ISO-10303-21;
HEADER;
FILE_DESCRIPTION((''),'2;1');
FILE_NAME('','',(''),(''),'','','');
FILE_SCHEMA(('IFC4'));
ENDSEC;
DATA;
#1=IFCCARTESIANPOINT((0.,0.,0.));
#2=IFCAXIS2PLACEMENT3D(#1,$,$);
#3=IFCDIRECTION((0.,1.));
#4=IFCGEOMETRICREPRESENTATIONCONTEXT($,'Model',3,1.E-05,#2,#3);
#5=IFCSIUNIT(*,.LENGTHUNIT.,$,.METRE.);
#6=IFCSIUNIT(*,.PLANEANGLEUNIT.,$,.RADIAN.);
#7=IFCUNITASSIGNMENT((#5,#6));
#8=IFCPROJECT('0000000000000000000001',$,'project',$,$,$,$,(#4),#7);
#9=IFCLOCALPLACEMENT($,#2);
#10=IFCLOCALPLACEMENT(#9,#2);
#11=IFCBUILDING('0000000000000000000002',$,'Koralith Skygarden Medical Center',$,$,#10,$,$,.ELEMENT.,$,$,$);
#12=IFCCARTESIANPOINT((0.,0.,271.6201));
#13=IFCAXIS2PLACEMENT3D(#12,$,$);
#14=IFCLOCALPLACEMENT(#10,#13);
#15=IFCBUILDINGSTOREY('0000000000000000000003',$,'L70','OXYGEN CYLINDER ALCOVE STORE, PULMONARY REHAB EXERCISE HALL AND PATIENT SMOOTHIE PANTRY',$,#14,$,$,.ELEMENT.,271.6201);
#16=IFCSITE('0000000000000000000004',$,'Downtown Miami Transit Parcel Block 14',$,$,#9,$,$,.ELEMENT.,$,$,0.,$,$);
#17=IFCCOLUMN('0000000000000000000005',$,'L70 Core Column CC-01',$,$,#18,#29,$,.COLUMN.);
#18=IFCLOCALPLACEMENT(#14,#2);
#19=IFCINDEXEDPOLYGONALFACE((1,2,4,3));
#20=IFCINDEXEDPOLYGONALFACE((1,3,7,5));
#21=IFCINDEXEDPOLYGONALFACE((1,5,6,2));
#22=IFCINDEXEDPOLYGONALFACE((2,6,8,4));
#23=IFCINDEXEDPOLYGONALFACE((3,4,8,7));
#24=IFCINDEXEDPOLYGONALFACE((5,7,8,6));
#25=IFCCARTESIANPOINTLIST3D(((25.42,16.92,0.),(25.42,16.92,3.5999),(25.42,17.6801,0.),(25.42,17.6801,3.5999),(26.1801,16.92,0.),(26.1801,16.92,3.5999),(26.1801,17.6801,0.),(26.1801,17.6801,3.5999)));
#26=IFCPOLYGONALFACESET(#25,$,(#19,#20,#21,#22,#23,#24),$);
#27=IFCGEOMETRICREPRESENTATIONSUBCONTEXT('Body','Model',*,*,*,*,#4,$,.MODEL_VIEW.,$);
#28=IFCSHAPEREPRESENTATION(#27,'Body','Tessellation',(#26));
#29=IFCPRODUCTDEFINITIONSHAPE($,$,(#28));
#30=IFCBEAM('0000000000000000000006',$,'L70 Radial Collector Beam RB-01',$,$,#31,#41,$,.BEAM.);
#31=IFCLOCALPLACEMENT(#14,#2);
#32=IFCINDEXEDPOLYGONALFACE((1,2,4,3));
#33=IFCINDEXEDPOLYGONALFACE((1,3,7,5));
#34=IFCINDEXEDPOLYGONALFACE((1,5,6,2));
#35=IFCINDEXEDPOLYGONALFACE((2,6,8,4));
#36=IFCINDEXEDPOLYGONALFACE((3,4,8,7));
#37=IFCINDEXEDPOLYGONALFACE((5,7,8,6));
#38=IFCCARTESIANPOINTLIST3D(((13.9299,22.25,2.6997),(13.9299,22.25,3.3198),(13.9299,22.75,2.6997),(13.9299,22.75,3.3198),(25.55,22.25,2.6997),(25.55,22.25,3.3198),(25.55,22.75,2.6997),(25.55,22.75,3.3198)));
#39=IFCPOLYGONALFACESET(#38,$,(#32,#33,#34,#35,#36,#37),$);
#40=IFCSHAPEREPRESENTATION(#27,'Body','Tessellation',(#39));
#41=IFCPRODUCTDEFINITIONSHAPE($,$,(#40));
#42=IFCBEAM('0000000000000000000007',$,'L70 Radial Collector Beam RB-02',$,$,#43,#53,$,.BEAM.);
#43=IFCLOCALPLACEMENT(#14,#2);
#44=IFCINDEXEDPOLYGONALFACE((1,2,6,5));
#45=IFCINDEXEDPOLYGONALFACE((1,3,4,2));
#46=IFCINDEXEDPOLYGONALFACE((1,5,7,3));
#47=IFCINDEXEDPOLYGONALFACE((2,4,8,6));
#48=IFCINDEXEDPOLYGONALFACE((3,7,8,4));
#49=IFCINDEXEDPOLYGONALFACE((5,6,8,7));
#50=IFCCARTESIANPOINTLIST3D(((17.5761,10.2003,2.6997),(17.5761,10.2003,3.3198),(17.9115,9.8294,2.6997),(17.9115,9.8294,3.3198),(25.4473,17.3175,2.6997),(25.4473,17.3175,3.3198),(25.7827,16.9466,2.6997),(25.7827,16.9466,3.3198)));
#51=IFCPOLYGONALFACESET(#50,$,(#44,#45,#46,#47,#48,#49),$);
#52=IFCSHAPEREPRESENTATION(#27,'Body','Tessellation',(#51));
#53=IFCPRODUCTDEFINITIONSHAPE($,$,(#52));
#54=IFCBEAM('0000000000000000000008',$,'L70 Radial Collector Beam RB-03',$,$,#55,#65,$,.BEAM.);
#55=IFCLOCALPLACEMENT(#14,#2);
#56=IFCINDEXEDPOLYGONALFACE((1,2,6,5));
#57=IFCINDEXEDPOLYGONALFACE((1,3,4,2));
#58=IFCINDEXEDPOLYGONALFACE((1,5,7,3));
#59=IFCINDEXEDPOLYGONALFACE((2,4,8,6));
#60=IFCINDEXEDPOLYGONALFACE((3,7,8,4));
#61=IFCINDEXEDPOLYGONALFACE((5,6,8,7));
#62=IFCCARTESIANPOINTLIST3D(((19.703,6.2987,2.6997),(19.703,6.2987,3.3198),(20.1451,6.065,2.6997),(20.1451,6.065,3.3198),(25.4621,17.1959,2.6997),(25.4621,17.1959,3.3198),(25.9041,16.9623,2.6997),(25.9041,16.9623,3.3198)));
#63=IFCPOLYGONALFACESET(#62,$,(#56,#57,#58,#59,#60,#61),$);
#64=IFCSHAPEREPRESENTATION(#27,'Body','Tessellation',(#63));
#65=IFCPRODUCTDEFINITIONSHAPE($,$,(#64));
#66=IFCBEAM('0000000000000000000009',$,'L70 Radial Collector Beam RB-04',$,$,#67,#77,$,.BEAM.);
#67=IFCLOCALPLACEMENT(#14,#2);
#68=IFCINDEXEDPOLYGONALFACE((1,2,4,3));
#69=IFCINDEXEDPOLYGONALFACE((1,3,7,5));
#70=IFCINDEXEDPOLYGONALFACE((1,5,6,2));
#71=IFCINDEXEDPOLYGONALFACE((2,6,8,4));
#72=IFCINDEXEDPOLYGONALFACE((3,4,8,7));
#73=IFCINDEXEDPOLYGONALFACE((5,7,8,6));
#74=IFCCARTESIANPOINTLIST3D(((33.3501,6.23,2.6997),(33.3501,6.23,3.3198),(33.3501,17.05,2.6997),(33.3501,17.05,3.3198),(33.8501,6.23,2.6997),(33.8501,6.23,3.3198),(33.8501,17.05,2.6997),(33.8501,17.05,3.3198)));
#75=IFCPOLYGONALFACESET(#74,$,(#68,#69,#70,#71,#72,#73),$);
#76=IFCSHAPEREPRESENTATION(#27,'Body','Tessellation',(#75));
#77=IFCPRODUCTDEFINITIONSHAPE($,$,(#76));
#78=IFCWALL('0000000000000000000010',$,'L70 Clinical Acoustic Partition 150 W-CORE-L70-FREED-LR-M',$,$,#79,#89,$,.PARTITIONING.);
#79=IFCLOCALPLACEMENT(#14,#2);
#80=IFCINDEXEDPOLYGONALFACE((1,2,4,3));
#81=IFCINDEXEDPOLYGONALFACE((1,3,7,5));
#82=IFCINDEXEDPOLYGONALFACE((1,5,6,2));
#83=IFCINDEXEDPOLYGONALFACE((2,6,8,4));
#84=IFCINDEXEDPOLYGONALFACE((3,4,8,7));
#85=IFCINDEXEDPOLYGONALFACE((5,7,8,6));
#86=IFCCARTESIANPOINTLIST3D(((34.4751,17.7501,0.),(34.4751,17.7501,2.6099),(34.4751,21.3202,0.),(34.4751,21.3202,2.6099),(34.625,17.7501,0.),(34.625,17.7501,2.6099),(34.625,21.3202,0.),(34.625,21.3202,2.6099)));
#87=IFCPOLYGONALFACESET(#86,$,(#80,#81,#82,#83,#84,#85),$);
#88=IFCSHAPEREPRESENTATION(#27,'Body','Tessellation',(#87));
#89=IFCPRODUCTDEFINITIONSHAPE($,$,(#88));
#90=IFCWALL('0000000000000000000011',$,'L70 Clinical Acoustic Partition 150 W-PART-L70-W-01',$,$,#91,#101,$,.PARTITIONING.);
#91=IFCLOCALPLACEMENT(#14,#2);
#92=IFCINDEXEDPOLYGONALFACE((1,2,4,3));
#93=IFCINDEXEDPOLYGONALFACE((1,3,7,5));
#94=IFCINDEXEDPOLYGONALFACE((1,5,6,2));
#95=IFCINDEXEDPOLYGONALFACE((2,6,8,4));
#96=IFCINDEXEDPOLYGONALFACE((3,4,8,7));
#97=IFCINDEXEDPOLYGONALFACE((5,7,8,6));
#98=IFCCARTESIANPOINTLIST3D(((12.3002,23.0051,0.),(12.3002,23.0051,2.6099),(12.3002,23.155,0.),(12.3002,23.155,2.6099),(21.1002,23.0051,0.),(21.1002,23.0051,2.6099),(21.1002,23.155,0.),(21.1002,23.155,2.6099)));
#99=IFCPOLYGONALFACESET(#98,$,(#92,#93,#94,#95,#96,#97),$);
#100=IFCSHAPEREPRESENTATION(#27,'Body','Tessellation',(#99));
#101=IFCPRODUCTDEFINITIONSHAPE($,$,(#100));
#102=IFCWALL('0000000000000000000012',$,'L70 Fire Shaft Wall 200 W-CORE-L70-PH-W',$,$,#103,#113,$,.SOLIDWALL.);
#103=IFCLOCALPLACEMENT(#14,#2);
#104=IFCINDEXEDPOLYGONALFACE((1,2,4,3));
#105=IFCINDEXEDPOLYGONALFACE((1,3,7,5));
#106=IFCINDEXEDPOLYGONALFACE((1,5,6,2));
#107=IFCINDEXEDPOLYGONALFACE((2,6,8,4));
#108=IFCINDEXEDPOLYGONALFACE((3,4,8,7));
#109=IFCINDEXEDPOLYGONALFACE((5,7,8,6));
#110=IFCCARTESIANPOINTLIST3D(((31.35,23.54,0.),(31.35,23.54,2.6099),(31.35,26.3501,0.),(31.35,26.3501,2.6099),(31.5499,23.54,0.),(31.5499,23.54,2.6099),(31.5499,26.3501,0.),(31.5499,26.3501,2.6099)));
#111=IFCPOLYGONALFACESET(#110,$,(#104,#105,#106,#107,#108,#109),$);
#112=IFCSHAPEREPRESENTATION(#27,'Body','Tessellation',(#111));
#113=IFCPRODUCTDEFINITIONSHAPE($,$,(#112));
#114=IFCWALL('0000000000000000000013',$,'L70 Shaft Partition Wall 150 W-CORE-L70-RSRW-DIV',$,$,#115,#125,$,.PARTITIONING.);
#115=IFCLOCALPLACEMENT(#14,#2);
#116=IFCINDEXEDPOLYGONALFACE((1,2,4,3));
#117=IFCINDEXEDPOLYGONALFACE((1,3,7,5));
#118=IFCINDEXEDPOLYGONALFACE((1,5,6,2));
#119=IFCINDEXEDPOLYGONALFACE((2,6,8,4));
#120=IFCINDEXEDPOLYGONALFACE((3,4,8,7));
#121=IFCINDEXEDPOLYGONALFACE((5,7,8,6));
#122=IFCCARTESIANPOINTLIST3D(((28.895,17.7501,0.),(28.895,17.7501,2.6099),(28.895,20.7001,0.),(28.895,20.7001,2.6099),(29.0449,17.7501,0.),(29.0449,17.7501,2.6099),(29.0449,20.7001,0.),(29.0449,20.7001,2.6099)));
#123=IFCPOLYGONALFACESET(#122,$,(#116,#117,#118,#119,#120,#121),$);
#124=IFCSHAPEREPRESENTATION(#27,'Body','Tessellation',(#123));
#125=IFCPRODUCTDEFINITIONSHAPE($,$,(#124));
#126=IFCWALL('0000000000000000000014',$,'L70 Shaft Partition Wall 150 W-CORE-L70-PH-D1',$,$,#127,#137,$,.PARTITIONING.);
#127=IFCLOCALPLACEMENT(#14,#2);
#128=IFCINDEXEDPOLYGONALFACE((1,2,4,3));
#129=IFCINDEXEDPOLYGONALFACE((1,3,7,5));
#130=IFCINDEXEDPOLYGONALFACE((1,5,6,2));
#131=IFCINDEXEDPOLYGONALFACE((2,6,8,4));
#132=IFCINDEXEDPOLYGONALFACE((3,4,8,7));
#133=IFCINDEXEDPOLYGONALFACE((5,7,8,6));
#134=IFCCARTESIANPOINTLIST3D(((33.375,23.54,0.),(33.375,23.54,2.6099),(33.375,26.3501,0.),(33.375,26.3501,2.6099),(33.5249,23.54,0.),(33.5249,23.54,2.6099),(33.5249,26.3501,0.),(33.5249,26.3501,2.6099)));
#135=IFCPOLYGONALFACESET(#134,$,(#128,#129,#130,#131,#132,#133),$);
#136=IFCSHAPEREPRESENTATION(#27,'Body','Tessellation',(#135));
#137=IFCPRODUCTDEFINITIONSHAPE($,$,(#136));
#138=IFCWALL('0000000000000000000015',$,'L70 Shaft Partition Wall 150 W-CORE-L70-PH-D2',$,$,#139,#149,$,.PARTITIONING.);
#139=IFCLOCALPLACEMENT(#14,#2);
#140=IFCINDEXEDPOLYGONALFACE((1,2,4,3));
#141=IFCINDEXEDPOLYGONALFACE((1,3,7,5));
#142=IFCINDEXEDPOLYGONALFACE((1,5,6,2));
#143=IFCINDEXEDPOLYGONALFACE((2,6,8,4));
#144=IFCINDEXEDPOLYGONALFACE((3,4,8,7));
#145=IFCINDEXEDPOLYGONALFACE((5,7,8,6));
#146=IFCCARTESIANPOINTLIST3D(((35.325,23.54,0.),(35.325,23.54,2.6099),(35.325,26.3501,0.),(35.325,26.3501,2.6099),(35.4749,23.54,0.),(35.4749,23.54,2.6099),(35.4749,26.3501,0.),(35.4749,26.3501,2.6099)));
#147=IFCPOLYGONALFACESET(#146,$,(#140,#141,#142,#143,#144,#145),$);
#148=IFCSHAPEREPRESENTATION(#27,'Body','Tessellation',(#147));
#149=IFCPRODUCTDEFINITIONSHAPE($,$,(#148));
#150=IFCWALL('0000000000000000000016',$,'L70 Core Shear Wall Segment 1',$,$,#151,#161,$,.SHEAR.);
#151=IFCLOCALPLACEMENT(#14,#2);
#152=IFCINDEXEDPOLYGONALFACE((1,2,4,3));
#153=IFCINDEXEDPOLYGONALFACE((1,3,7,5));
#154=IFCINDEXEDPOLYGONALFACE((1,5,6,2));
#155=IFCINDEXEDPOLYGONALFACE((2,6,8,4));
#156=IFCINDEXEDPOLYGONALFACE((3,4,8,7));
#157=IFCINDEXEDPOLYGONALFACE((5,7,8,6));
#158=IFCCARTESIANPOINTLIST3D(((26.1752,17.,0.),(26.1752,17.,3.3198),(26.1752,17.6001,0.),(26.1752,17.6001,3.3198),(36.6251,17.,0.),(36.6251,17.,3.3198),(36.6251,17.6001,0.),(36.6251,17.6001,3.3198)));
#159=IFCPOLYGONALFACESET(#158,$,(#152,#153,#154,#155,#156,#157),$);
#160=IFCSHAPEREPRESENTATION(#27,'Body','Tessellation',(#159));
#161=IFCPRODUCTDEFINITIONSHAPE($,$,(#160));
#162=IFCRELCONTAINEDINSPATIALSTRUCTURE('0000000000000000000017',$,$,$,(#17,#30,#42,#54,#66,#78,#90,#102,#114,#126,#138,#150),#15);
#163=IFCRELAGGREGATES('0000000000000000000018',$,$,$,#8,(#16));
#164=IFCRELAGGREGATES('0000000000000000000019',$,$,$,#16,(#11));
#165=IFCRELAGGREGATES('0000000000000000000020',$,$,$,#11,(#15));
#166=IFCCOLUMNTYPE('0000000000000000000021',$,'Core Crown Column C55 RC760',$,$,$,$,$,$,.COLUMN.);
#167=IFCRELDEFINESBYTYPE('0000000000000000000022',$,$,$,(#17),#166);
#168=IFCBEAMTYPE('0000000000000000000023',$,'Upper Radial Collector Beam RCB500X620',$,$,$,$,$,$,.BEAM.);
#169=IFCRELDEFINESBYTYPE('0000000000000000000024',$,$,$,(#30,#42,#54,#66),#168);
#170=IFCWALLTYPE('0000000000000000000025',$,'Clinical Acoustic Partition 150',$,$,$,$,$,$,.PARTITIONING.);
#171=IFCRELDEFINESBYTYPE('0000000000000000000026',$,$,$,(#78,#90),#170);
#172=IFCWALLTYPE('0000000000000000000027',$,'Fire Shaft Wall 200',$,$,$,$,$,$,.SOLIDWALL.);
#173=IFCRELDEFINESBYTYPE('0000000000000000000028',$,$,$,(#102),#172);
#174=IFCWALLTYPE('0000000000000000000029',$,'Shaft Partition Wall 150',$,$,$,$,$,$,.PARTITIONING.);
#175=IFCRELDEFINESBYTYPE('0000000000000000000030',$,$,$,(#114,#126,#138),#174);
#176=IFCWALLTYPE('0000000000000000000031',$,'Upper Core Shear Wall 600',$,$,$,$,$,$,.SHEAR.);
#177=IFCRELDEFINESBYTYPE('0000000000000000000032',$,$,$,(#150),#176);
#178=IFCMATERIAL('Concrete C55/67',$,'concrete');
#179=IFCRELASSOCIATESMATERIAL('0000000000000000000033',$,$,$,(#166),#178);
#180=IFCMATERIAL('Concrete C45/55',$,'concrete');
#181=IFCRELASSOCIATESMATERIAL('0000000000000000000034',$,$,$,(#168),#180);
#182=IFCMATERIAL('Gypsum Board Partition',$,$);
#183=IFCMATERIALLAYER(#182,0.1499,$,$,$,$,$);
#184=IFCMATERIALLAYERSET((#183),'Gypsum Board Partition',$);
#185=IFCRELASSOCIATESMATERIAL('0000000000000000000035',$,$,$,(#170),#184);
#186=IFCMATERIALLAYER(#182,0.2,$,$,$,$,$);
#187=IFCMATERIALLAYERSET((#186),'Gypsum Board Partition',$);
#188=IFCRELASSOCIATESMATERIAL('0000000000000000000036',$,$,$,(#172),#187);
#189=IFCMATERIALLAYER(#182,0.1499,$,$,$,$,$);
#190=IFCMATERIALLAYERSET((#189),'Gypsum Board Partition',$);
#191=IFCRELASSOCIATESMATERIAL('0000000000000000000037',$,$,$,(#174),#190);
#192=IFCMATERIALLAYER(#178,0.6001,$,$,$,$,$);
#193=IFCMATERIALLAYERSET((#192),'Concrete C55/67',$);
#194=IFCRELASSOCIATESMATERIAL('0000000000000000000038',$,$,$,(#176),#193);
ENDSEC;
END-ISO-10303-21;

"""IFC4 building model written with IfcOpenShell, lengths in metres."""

from ifc_helpers import new_model, si_unit, direction, frame, frame_2d, origin, origin_2d, place, context, subcontext, project, spatial, rectangle, extrude, material, layer, layer_set, material_profile, profile_set, type_object, element, save


model = new_model("IFC4")

# Units and contexts
model_context = context("Model", 3, precision=1e-05, world=origin(), true_north=direction((0.0, 1.0)))
body_context = subcontext(model_context, "Body", "Model", "MODEL_VIEW")
ifc_project = project(units=[si_unit("LENGTHUNIT", "METRE"), si_unit("PLANEANGLEUNIT", "RADIAN")], contexts=[model_context])

# Site, building, storey
site_placement = place(None, origin())
site = spatial("IfcSite", under=ifc_project, at=site_placement, Name="Downtown Miami Transit Parcel Block 14", CompositionType="ELEMENT", RefElevation=0.0)
building_placement = place(site_placement, origin())
building = spatial("IfcBuilding", under=site, at=building_placement, Name="Koralith Skygarden Medical Center", CompositionType="ELEMENT")
storey_placement = place(building_placement, frame((0.0, 0.0, 271.6201)))
storey = spatial("IfcBuildingStorey", under=building, at=storey_placement, Name="L70", Description="OXYGEN CYLINDER ALCOVE STORE, PULMONARY REHAB EXERCISE HALL AND PATIENT SMOOTHIE PANTRY", CompositionType="ELEMENT", Elevation=271.6201)

# Column
ifc_material_1 = material(Name="Concrete C55/67", Category="concrete")
ifc_material_profile_1 = material_profile(ifc_material_1, rectangle(XDim=0.76, YDim=0.76, at=origin_2d()), Name="RC760X760")
ifc_profile_set_1 = profile_set([ifc_material_profile_1], Name="Concrete C55/67")
column_type = type_object("IfcColumnType", Name="Core Crown Column C55 RC760", PredefinedType="COLUMN", material=ifc_profile_set_1)
column_placement = place(storey_placement, frame((25.8, 17.3, 0.0), z_axis=(0.0, 0.0, 1.0), x_axis=(1.0, 0.0, 0.0)))
element("IfcColumn", 1, at=column_placement, inside=storey, type_object=column_type, Name="L70 Core Column CC-01", PredefinedType="COLUMN", context=body_context, shape_type="SweptSolid", body=[
    extrude(rectangle(XDim=0.76, YDim=0.76, at=origin_2d()), origin(), (0.0, 0.0, 1.0), 3.5999),
])

# Beams
ifc_material_2 = material(Name="Concrete C45/55", Category="concrete")
ifc_material_profile_2 = material_profile(ifc_material_2, rectangle(XDim=0.5, YDim=0.6201, at=origin_2d()), Name="RCB500X620")
ifc_profile_set_2 = profile_set([ifc_material_profile_2], Name="Concrete C45/55")
beam_type = type_object("IfcBeamType", Name="Upper Radial Collector Beam RCB500X620", PredefinedType="BEAM", material=ifc_profile_set_2)
beam_1_placement = place(storey_placement, frame((25.55, 22.5, 3.0098), z_axis=(-1.0, 0.0, 0.0), x_axis=(0.0, -1.0, 0.0)))
element("IfcBeam", 2, at=beam_1_placement, inside=storey, type_object=beam_type, Name="L70 Radial Collector Beam RB-01", PredefinedType="BEAM", context=body_context, shape_type="SweptSolid", body=[
    extrude(rectangle(XDim=0.5, YDim=0.6201, at=origin_2d()), origin(), (0.0, 0.0, 1.0), 11.6201),
])
beam_2_placement = place(storey_placement, frame((25.615, 17.1321, 3.0098), z_axis=(-0.741736, -0.670692, 0.0), x_axis=(0.670692, -0.741736, 0.0)))
element("IfcBeam", 3, at=beam_2_placement, inside=storey, type_object=beam_type, Name="L70 Radial Collector Beam RB-02", PredefinedType="BEAM", context=body_context, shape_type="SweptSolid", body=[
    extrude(rectangle(XDim=0.5, YDim=0.6201, at=origin_2d()), origin(), (0.0, 0.0, 1.0), 10.6118),
])
beam_3_placement = place(storey_placement, frame((25.6831, 17.0791, 3.0098), z_axis=(-0.467249, -0.884126, 0.0), x_axis=(0.884126, -0.467249, 0.0)))
element("IfcBeam", 4, at=beam_3_placement, inside=storey, type_object=beam_type, Name="L70 Radial Collector Beam RB-03", PredefinedType="BEAM", context=body_context, shape_type="SweptSolid", body=[
    extrude(rectangle(XDim=0.5, YDim=0.6201, at=origin_2d()), origin(), (0.0, 0.0, 1.0), 12.3254),
])
beam_4_placement = place(storey_placement, frame((33.6001, 17.05, 3.0098), z_axis=(0.0, -1.0, 0.0), x_axis=(1.0, 0.0, 0.0)))
element("IfcBeam", 5, at=beam_4_placement, inside=storey, type_object=beam_type, Name="L70 Radial Collector Beam RB-04", PredefinedType="BEAM", context=body_context, shape_type="SweptSolid", body=[
    extrude(rectangle(XDim=0.5, YDim=0.6201, at=origin_2d()), origin(), (0.0, 0.0, 1.0), 10.8201),
])

# Shared definitions
ifc_material_3 = material(Name="Gypsum Board Partition")
ifc_layer_1 = layer(ifc_material_3, 0.1499)
ifc_layer_set_1 = layer_set([ifc_layer_1], Name="Gypsum Board Partition")
wall_type_1 = type_object("IfcWallType", Name="Clinical Acoustic Partition 150", PredefinedType="PARTITIONING", material=ifc_layer_set_1)

# Walls
wall_1_placement = place(storey_placement, frame((34.55, 17.75, 0.0), z_axis=(0.0, 0.0, 1.0), x_axis=(0.0, 1.0, 0.0)))
element("IfcWall", 6, at=wall_1_placement, inside=storey, type_object=wall_type_1, Name="L70 Clinical Acoustic Partition 150 W-CORE-L70-FREED-LR-M", PredefinedType="PARTITIONING", context=body_context, shape_type="SweptSolid", body=[
    extrude(rectangle(XDim=3.5701, YDim=0.1499, at=frame_2d((1.7852, 0.0))), origin(), (0.0, 0.0, 1.0), 2.6099),
])
wall_2_placement = place(storey_placement, frame((21.1001, 23.0801, 0.0), z_axis=(0.0, 0.0, 1.0), x_axis=(-1.0, 0.0, 0.0)))
element("IfcWall", 7, at=wall_2_placement, inside=storey, type_object=wall_type_1, Name="L70 Clinical Acoustic Partition 150 W-PART-L70-W-01", PredefinedType="PARTITIONING", context=body_context, shape_type="SweptSolid", body=[
    extrude(rectangle(XDim=8.8, YDim=0.1499, at=frame_2d((4.3999, 0.0))), origin(), (0.0, 0.0, 1.0), 2.6099),
])

# Shared definitions
ifc_layer_2 = layer(ifc_material_3, 0.2)
ifc_layer_set_2 = layer_set([ifc_layer_2], Name="Gypsum Board Partition")
wall_type_2 = type_object("IfcWallType", Name="Fire Shaft Wall 200", PredefinedType="SOLIDWALL", material=ifc_layer_set_2)

# Walls
wall_3_placement = place(storey_placement, frame((31.45, 23.54, 0.0), z_axis=(0.0, 0.0, 1.0), x_axis=(0.0, 1.0, 0.0)))
element("IfcWall", 8, at=wall_3_placement, inside=storey, type_object=wall_type_2, Name="L70 Fire Shaft Wall 200 W-CORE-L70-PH-W", PredefinedType="SOLIDWALL", context=body_context, shape_type="SweptSolid", body=[
    extrude(rectangle(XDim=2.8101, YDim=0.2, at=frame_2d((1.405, 0.0))), origin(), (0.0, 0.0, 1.0), 2.6099),
])
ifc_layer_3 = layer(ifc_material_3, 0.1499)
ifc_layer_set_3 = layer_set([ifc_layer_3], Name="Gypsum Board Partition")
wall_type_3 = type_object("IfcWallType", Name="Shaft Partition Wall 150", PredefinedType="PARTITIONING", material=ifc_layer_set_3)
wall_4_placement = place(storey_placement, frame((28.97, 17.75, 0.0), z_axis=(0.0, 0.0, 1.0), x_axis=(0.0, 1.0, 0.0)))
element("IfcWall", 9, at=wall_4_placement, inside=storey, type_object=wall_type_3, Name="L70 Shaft Partition Wall 150 W-CORE-L70-RSRW-DIV", PredefinedType="PARTITIONING", context=body_context, shape_type="SweptSolid", body=[
    extrude(rectangle(XDim=2.95, YDim=0.1499, at=frame_2d((1.4751, 0.0))), origin(), (0.0, 0.0, 1.0), 2.6099),
])
for number, where, z_axis, x_axis, name in (
    (10, (33.45, 23.54, 0.0), (0.0, 0.0, 1.0), (0.0, 1.0, 0.0), "L70 Shaft Partition Wall 150 W-CORE-L70-PH-D1"),
    (11, (35.3999, 23.54, 0.0), (0.0, 0.0, 1.0), (0.0, 1.0, 0.0), "L70 Shaft Partition Wall 150 W-CORE-L70-PH-D2"),
):
    element("IfcWall", number, at=place(storey_placement, frame(where, z_axis=z_axis, x_axis=x_axis)), inside=storey, type_object=wall_type_3, Name=name, PredefinedType="PARTITIONING", context=body_context, shape_type="SweptSolid", body=[
        extrude(rectangle(XDim=2.8101, YDim=0.1499, at=frame_2d((1.405, 0.0))), origin(), (0.0, 0.0, 1.0), 2.6099),
    ])

# Wall
ifc_layer_4 = layer(ifc_material_1, 0.6001)
ifc_layer_set_4 = layer_set([ifc_layer_4], Name="Concrete C55/67")
wall_type_4 = type_object("IfcWallType", Name="Upper Core Shear Wall 600", PredefinedType="SHEAR", material=ifc_layer_set_4)
wall_5_placement = place(storey_placement, frame((26.175, 17.3, 0.0), z_axis=(0.0, 0.0, 1.0), x_axis=(1.0, 0.0, 0.0)))
element("IfcWall", 12, at=wall_5_placement, inside=storey, type_object=wall_type_4, Name="L70 Core Shear Wall Segment 1", PredefinedType="SHEAR", context=body_context, shape_type="SweptSolid", body=[
    extrude(rectangle(XDim=10.45, YDim=0.6001, at=frame_2d((5.2251, 0.0))), origin(), (0.0, 0.0, 1.0), 3.3198),
])

save(model, "model.ifc")
